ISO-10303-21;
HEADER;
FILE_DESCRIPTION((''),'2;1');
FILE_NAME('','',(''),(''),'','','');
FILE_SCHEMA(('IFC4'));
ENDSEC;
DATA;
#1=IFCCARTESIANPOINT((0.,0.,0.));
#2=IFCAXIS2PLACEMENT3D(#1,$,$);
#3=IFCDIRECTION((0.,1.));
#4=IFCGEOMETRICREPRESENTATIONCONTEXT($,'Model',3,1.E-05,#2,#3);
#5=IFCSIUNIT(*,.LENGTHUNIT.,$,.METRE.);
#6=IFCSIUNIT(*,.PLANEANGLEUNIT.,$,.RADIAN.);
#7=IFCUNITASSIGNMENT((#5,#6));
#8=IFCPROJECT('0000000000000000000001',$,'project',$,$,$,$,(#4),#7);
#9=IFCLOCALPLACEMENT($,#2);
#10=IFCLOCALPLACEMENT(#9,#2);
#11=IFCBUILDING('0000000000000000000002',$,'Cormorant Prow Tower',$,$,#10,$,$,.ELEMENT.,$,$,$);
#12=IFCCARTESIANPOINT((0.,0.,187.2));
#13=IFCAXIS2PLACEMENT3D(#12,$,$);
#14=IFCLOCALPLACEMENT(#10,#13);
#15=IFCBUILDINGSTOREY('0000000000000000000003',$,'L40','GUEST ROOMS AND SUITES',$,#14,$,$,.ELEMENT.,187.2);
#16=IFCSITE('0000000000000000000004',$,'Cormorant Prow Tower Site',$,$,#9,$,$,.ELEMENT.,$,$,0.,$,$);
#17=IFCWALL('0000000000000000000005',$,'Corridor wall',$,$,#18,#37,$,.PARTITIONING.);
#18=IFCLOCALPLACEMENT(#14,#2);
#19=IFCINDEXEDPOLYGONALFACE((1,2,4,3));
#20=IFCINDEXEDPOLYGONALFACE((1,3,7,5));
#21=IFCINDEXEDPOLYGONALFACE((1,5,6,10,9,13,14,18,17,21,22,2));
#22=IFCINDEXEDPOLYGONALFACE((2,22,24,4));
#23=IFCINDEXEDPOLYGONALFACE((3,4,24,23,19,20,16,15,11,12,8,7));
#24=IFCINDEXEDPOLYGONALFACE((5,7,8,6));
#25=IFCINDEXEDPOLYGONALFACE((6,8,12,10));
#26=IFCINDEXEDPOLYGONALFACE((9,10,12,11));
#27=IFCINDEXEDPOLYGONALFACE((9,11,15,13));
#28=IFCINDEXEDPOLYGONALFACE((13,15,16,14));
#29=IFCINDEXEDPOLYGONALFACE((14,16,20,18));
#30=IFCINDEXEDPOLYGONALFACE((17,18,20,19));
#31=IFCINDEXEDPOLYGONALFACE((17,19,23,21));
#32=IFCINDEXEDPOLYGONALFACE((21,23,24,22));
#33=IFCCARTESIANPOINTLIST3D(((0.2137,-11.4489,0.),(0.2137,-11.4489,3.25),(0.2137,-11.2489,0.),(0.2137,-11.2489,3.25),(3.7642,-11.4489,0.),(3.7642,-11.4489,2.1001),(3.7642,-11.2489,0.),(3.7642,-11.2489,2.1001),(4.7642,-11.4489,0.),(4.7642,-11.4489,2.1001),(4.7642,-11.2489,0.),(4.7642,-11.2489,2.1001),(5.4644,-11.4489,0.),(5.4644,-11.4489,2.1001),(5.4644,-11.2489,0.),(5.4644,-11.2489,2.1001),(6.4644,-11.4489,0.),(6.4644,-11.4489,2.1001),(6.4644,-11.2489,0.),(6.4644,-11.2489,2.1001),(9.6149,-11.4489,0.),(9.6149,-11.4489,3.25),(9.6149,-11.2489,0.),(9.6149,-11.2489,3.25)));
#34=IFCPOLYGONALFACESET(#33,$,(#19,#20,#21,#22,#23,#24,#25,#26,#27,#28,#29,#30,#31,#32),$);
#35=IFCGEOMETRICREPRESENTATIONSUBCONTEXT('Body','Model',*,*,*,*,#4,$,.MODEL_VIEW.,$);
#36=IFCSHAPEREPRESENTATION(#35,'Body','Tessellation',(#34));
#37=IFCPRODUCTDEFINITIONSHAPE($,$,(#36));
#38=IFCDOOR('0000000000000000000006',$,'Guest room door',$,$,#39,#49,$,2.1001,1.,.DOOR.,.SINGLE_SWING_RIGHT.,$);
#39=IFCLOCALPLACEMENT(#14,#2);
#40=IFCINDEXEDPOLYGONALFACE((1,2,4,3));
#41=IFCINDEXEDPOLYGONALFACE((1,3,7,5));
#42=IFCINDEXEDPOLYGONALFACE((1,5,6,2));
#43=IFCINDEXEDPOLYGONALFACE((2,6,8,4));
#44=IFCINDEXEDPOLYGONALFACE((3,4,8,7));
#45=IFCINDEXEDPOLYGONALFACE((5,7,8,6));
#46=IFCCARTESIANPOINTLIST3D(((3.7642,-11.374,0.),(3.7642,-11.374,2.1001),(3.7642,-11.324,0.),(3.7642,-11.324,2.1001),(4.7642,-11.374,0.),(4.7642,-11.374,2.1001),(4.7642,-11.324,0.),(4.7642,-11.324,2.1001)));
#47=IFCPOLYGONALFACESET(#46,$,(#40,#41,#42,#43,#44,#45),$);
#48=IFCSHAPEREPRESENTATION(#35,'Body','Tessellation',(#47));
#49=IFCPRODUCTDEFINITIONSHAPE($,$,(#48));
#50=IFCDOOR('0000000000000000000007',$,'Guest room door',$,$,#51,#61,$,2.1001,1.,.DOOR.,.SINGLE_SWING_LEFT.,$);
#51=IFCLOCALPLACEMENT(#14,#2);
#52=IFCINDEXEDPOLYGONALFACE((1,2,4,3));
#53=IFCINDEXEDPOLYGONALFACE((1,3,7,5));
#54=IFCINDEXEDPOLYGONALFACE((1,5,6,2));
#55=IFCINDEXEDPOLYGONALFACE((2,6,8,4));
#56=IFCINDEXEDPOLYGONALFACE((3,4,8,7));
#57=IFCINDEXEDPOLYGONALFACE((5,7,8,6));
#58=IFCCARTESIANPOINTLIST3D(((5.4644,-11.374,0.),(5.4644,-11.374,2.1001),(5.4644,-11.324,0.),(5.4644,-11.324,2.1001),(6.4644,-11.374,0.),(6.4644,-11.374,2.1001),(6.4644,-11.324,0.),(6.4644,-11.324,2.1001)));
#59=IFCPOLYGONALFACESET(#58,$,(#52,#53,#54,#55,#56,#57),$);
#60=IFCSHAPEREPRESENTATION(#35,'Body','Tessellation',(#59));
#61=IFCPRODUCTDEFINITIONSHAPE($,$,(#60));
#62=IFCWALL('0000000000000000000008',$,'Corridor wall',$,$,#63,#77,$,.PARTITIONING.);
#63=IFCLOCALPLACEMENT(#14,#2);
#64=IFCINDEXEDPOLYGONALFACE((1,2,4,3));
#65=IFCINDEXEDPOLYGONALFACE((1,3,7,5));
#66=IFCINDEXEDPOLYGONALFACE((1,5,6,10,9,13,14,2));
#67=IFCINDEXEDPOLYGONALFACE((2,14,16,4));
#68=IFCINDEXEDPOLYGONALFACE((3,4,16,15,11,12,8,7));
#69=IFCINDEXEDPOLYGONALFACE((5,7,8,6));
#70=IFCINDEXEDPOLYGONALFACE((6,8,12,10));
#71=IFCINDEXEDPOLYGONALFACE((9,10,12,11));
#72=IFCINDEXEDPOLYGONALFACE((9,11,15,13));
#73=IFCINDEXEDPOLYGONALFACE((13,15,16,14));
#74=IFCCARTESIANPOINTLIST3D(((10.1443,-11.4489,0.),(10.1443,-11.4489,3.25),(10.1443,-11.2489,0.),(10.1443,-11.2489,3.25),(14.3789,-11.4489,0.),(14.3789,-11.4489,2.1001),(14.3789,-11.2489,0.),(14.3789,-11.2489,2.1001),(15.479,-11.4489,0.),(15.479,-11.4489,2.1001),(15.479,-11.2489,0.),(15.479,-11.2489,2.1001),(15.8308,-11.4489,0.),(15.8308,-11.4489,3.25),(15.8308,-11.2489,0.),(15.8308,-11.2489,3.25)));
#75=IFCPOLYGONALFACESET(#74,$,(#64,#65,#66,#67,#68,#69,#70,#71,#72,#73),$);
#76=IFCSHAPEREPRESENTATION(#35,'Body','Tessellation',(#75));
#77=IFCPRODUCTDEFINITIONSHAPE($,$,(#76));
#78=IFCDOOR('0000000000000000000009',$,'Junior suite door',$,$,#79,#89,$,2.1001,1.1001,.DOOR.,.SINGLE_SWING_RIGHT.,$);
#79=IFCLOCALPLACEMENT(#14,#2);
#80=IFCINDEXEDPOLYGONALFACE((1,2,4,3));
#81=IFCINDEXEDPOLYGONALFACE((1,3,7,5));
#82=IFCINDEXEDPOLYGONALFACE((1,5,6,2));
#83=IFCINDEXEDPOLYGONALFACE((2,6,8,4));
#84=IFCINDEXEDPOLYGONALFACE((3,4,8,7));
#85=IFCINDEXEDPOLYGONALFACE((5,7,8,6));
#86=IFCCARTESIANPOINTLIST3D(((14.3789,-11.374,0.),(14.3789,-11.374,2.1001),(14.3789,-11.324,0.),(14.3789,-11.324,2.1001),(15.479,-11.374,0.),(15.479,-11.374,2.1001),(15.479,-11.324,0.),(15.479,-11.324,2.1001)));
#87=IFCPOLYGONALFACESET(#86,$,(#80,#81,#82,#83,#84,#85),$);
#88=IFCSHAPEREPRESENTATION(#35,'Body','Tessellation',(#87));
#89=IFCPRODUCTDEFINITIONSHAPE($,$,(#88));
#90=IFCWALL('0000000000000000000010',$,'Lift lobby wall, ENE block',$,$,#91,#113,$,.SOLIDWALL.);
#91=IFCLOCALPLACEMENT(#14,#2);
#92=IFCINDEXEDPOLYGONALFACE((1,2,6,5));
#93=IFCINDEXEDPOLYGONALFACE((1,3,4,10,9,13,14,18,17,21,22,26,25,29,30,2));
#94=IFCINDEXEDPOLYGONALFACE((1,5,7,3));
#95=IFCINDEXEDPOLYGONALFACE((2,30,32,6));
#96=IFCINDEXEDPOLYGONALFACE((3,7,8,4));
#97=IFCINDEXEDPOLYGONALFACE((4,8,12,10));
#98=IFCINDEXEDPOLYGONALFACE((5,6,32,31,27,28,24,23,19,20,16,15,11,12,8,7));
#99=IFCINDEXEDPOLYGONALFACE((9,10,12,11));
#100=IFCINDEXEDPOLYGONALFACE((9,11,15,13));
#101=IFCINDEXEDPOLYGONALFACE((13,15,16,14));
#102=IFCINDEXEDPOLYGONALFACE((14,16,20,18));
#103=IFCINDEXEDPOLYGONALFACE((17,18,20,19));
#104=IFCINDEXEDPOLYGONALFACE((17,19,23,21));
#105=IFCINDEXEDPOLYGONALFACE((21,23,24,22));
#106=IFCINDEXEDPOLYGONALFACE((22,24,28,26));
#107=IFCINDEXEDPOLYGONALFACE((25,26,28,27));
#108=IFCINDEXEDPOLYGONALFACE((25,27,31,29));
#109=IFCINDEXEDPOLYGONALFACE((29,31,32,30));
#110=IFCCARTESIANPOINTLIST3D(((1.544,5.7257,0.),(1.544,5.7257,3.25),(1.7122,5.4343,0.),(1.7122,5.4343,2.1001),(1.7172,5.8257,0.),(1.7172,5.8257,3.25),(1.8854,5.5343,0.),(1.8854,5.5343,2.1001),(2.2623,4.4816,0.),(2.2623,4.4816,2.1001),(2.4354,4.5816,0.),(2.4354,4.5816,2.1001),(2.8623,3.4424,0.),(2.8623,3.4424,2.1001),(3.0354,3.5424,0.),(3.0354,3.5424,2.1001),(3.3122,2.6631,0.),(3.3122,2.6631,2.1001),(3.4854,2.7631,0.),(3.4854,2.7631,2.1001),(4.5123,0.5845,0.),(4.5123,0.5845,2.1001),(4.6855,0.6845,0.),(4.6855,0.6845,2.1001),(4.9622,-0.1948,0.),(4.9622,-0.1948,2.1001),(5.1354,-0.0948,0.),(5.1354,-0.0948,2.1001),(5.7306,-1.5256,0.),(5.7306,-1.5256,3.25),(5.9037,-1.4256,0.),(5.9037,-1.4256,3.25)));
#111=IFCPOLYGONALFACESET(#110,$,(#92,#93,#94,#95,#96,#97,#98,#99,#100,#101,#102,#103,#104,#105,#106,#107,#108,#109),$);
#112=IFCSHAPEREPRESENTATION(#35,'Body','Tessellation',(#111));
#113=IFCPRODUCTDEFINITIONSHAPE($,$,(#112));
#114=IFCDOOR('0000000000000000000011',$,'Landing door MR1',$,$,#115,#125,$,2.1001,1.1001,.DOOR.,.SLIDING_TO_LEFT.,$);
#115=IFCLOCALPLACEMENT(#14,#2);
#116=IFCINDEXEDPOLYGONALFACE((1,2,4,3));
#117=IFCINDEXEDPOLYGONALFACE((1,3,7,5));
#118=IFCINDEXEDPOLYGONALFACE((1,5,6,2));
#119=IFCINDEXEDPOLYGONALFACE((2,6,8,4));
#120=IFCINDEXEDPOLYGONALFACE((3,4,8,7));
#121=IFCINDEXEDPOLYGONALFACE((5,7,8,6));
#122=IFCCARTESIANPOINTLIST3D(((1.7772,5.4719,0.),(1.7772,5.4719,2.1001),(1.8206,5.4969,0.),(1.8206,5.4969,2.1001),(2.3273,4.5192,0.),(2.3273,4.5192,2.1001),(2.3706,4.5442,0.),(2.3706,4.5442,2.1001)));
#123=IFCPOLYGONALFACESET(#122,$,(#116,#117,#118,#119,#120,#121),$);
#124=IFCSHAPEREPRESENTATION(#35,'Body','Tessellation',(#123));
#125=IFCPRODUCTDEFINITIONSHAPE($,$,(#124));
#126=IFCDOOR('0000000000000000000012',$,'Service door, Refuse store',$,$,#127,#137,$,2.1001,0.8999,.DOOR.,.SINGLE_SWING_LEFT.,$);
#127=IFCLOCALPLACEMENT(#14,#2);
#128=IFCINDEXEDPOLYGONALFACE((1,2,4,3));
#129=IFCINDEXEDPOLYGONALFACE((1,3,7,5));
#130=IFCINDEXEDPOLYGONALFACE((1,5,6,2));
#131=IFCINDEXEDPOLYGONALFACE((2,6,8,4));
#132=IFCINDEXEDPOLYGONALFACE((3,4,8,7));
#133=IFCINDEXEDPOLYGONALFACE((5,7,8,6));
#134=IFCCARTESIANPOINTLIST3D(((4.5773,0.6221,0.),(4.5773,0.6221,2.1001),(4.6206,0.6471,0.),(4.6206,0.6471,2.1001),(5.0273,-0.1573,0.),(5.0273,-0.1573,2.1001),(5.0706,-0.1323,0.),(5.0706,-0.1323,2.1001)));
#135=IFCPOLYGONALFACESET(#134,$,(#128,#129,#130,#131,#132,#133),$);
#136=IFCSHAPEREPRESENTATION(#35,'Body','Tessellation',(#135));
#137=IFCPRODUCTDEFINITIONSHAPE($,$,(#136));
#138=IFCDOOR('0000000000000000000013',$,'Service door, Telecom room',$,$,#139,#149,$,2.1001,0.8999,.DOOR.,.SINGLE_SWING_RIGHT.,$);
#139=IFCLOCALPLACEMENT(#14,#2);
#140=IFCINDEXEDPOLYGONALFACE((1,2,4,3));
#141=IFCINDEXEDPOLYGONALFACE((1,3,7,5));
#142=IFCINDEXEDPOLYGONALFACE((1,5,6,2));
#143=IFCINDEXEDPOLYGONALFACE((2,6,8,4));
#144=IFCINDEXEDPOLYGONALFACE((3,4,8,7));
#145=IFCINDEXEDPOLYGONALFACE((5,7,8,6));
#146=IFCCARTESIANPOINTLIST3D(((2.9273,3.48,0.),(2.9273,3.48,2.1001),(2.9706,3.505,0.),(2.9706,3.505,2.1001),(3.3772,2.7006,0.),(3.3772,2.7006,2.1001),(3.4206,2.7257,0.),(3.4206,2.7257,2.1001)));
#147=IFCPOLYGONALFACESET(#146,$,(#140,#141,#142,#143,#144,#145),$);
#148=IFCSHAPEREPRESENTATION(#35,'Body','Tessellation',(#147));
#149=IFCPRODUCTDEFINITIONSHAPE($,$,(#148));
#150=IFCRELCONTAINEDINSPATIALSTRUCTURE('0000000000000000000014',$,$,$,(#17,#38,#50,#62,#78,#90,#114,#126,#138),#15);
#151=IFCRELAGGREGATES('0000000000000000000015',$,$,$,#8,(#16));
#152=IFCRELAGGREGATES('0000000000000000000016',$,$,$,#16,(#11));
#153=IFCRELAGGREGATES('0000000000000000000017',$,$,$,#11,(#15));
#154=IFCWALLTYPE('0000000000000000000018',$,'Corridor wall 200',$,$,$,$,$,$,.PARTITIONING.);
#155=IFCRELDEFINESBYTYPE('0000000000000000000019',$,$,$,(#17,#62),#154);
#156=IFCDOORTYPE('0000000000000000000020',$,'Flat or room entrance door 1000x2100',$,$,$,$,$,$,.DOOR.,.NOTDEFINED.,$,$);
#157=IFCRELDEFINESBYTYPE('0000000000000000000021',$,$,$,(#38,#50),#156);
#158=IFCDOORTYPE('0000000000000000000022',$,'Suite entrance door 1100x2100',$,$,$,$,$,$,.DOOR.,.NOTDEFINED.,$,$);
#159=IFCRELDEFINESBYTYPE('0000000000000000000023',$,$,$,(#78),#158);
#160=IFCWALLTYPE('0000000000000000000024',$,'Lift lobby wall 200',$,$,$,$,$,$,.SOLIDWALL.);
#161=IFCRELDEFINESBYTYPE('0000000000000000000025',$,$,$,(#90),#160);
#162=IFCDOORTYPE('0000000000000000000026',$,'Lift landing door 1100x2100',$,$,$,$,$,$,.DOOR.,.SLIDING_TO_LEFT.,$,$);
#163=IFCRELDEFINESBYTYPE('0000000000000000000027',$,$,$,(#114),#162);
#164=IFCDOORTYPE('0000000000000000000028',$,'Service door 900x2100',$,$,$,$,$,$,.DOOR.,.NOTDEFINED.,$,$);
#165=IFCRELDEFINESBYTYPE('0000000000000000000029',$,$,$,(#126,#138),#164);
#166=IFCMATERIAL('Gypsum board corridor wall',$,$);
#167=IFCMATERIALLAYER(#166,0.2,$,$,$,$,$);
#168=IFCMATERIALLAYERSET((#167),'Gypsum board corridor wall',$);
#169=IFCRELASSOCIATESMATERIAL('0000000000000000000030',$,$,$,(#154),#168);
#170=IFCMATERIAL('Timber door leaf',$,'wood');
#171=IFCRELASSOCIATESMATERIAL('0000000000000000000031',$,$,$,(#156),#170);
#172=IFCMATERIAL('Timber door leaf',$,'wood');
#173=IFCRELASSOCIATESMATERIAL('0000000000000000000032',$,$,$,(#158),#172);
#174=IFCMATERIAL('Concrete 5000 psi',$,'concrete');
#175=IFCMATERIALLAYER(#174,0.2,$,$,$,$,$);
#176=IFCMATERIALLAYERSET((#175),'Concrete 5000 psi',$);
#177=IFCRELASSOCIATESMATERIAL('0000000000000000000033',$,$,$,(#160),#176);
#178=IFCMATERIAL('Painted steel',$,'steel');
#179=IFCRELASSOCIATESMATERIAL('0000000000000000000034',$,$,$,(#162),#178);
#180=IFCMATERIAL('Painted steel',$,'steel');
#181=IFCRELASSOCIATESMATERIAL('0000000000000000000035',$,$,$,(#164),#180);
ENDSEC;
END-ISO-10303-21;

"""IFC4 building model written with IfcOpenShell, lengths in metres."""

from ifc_helpers import new_model, si_unit, direction, frame, frame_2d, origin, place, context, subcontext, project, spatial, rectangle, extrude, material, layer, layer_set, type_object, element, fill, save


model = new_model("IFC4")

# Units and contexts
model_context = context("Model", 3, precision=1e-05, world=origin(), true_north=direction((0.0, 1.0)))
body_context = subcontext(model_context, "Body", "Model", "MODEL_VIEW")
ifc_project = project(units=[si_unit("LENGTHUNIT", "METRE"), si_unit("PLANEANGLEUNIT", "RADIAN")], contexts=[model_context])

# Site, building, storey
site_placement = place(None, origin())
site = spatial("IfcSite", under=ifc_project, at=site_placement, Name="Cormorant Prow Tower Site", CompositionType="ELEMENT", RefElevation=0.0)
building_placement = place(site_placement, origin())
building = spatial("IfcBuilding", under=site, at=building_placement, Name="Cormorant Prow Tower", CompositionType="ELEMENT")
storey_placement = place(building_placement, frame((0.0, 0.0, 187.2)))
storey = spatial("IfcBuildingStorey", under=building, at=storey_placement, Name="L40", Description="GUEST ROOMS AND SUITES", CompositionType="ELEMENT", Elevation=187.2)

# Wall, openings, doors
ifc_material_1 = material(Name="Gypsum board corridor wall")
ifc_layer_1 = layer(ifc_material_1, 0.2)
ifc_layer_set_1 = layer_set([ifc_layer_1], Name="Gypsum board corridor wall")
wall_type_1 = type_object("IfcWallType", Name="Corridor wall 200", PredefinedType="PARTITIONING", material=ifc_layer_set_1)
wall_1_placement = place(storey_placement, frame((0.2136, -11.3489, 0.0), z_axis=(0.0, 0.0, 1.0), x_axis=(1.0, 0.0, 0.0)))
wall_1 = element("IfcWall", 1, at=wall_1_placement, inside=storey, type_object=wall_type_1, Name="Corridor wall", PredefinedType="PARTITIONING", context=body_context, shape_type="SweptSolid", body=[
    extrude(rectangle(XDim=9.4011, YDim=0.2, at=frame_2d((4.7007, 0.0))), origin(), (0.0, 0.0, 1.0), 3.25),
])
opening_1_placement = place(wall_1_placement, frame((3.5505, 0.0, 0.0)))
opening_1 = element("IfcOpeningElement", 2, at=opening_1_placement, cuts=wall_1, PredefinedType="OPENING", context=body_context, shape_type="SweptSolid", body=[
    extrude(rectangle(XDim=1.0, YDim=2.1001, at=frame_2d((0.5, 1.05))), frame((0.0, 0.1099, 0.0), z_axis=(0.0, -1.0, 0.0), x_axis=(1.0, 0.0, 0.0)), (0.0, 0.0, 1.0), 0.22),
])
opening_2_placement = place(wall_1_placement, frame((5.2507, 0.0, 0.0)))
opening_2 = element("IfcOpeningElement", 3, at=opening_2_placement, cuts=wall_1, PredefinedType="OPENING", context=body_context, shape_type="SweptSolid", body=[
    extrude(rectangle(XDim=1.0, YDim=2.1001, at=frame_2d((0.5, 1.05))), frame((0.0, 0.1099, 0.0), z_axis=(0.0, -1.0, 0.0), x_axis=(1.0, 0.0, 0.0)), (0.0, 0.0, 1.0), 0.22),
])
ifc_material_2 = material(Name="Timber door leaf", Category="wood")
door_type_1 = type_object("IfcDoorType", Name="Flat or room entrance door 1000x2100", OperationType="NOTDEFINED", PredefinedType="DOOR", material=ifc_material_2)
door_1_placement = place(opening_1_placement, origin())
door_1 = element("IfcDoor", 4, at=door_1_placement, inside=storey, type_object=door_type_1, Name="Guest room door", OperationType="SINGLE_SWING_RIGHT", OverallHeight=2.1001, OverallWidth=1.0, PredefinedType="DOOR", context=body_context, shape_type="SweptSolid", body=[
    extrude(rectangle(XDim=1.0, YDim=2.1001, at=frame_2d((0.5, 1.05))), frame((0.0, 0.0249, 0.0), z_axis=(0.0, -1.0, 0.0), x_axis=(1.0, 0.0, 0.0)), (0.0, 0.0, 1.0), 0.05),
])
fill(opening_1, door_1)
door_2_placement = place(opening_2_placement, origin())
door_2 = element("IfcDoor", 5, at=door_2_placement, inside=storey, type_object=door_type_1, Name="Guest room door", OperationType="SINGLE_SWING_LEFT", OverallHeight=2.1001, OverallWidth=1.0, PredefinedType="DOOR", context=body_context, shape_type="SweptSolid", body=[
    extrude(rectangle(XDim=1.0, YDim=2.1001, at=frame_2d((0.5, 1.05))), frame((0.0, 0.0249, 0.0), z_axis=(0.0, -1.0, 0.0), x_axis=(1.0, 0.0, 0.0)), (0.0, 0.0, 1.0), 0.05),
])
fill(opening_2, door_2)

# Wall, opening, door
wall_2_placement = place(storey_placement, frame((10.1443, -11.3489, 0.0), z_axis=(0.0, 0.0, 1.0), x_axis=(1.0, 0.0, 0.0)))
wall_2 = element("IfcWall", 6, at=wall_2_placement, inside=storey, type_object=wall_type_1, Name="Corridor wall", PredefinedType="PARTITIONING", context=body_context, shape_type="SweptSolid", body=[
    extrude(rectangle(XDim=5.6865, YDim=0.2, at=frame_2d((2.8433, 0.0))), origin(), (0.0, 0.0, 1.0), 3.25),
])
opening_3_placement = place(wall_2_placement, frame((4.2346, 0.0, 0.0)))
opening_3 = element("IfcOpeningElement", 7, at=opening_3_placement, cuts=wall_2, PredefinedType="OPENING", context=body_context, shape_type="SweptSolid", body=[
    extrude(rectangle(XDim=1.1001, YDim=2.1001, at=frame_2d((0.55, 1.05))), frame((0.0, 0.1099, 0.0), z_axis=(0.0, -1.0, 0.0), x_axis=(1.0, 0.0, 0.0)), (0.0, 0.0, 1.0), 0.22),
])
ifc_material_3 = material(Name="Timber door leaf", Category="wood")
door_type_2 = type_object("IfcDoorType", Name="Suite entrance door 1100x2100", OperationType="NOTDEFINED", PredefinedType="DOOR", material=ifc_material_3)
door_3_placement = place(opening_3_placement, origin())
door_3 = element("IfcDoor", 8, at=door_3_placement, inside=storey, type_object=door_type_2, Name="Junior suite door", OperationType="SINGLE_SWING_RIGHT", OverallHeight=2.1001, OverallWidth=1.1001, PredefinedType="DOOR", context=body_context, shape_type="SweptSolid", body=[
    extrude(rectangle(XDim=1.1001, YDim=2.1001, at=frame_2d((0.55, 1.05))), frame((0.0, 0.0249, 0.0), z_axis=(0.0, -1.0, 0.0), x_axis=(1.0, 0.0, 0.0)), (0.0, 0.0, 1.0), 0.05),
])
fill(opening_3, door_3)

# Wall, openings, doors
ifc_material_4 = material(Name="Concrete 5000 psi", Category="concrete")
ifc_layer_2 = layer(ifc_material_4, 0.2)
ifc_layer_set_2 = layer_set([ifc_layer_2], Name="Concrete 5000 psi")
wall_type_2 = type_object("IfcWallType", Name="Lift lobby wall 200", PredefinedType="SOLIDWALL", material=ifc_layer_set_2)
wall_3_placement = place(storey_placement, frame((5.8171, -1.4756, 0.0), z_axis=(0.0, 0.0, 1.0), x_axis=(-0.500003, 0.866024, 0.0)))
wall_3 = element("IfcWall", 9, at=wall_3_placement, inside=storey, type_object=wall_type_2, Name="Lift lobby wall, ENE block", PredefinedType="SOLIDWALL", context=body_context, shape_type="SweptSolid", body=[
    extrude(rectangle(XDim=8.373, YDim=0.2, at=frame_2d((4.1865, 0.0))), origin(), (0.0, 0.0, 1.0), 3.25),
])
opening_4_placement = place(wall_3_placement, frame((1.5366, 0.0, 0.0)))
opening_4 = element("IfcOpeningElement", 10, at=opening_4_placement, cuts=wall_3, PredefinedType="OPENING", context=body_context, shape_type="SweptSolid", body=[
    extrude(rectangle(XDim=0.8999, YDim=2.1001, at=frame_2d((0.45, 1.05))), frame((0.0, 0.1099, 0.0), z_axis=(0.0, -1.0, 0.0), x_axis=(1.0, 0.0, 0.0)), (0.0, 0.0, 1.0), 0.22),
])
opening_5_placement = place(wall_3_placement, frame((4.8367, 0.0, 0.0)))
opening_5 = element("IfcOpeningElement", 11, at=opening_5_placement, cuts=wall_3, PredefinedType="OPENING", context=body_context, shape_type="SweptSolid", body=[
    extrude(rectangle(XDim=0.8999, YDim=2.1001, at=frame_2d((0.45, 1.05))), frame((0.0, 0.1099, 0.0), z_axis=(0.0, -1.0, 0.0), x_axis=(1.0, 0.0, 0.0)), (0.0, 0.0, 1.0), 0.22),
])
opening_6_placement = place(wall_3_placement, frame((6.9365, 0.0, 0.0)))
opening_6 = element("IfcOpeningElement", 12, at=opening_6_placement, cuts=wall_3, PredefinedType="OPENING", context=body_context, shape_type="SweptSolid", body=[
    extrude(rectangle(XDim=1.1001, YDim=2.1001, at=frame_2d((0.55, 1.05))), frame((0.0, 0.1099, 0.0), z_axis=(0.0, -1.0, 0.0), x_axis=(1.0, 0.0, 0.0)), (0.0, 0.0, 1.0), 0.22),
])
ifc_material_5 = material(Name="Painted steel", Category="steel")
door_type_3 = type_object("IfcDoorType", Name="Lift landing door 1100x2100", OperationType="SLIDING_TO_LEFT", PredefinedType="DOOR", material=ifc_material_5)
door_4_placement = place(opening_6_placement, origin())
door_4 = element("IfcDoor", 13, at=door_4_placement, inside=storey, type_object=door_type_3, Name="Landing door MR1", OperationType="SLIDING_TO_LEFT", OverallHeight=2.1001, OverallWidth=1.1001, PredefinedType="DOOR", context=body_context, shape_type="SweptSolid", body=[
    extrude(rectangle(XDim=1.1001, YDim=2.1001, at=frame_2d((0.55, 1.05))), frame((0.0, 0.0249, 0.0), z_axis=(0.0, -1.0, 0.0), x_axis=(1.0, 0.0, 0.0)), (0.0, 0.0, 1.0), 0.05),
])
fill(opening_6, door_4)
ifc_material_6 = material(Name="Painted steel", Category="steel")
door_type_4 = type_object("IfcDoorType", Name="Service door 900x2100", OperationType="NOTDEFINED", PredefinedType="DOOR", material=ifc_material_6)
door_5_placement = place(opening_4_placement, origin())
door_5 = element("IfcDoor", 14, at=door_5_placement, inside=storey, type_object=door_type_4, Name="Service door, Refuse store", OperationType="SINGLE_SWING_LEFT", OverallHeight=2.1001, OverallWidth=0.8999, PredefinedType="DOOR", context=body_context, shape_type="SweptSolid", body=[
    extrude(rectangle(XDim=0.8999, YDim=2.1001, at=frame_2d((0.45, 1.05))), frame((0.0, 0.0249, 0.0), z_axis=(0.0, -1.0, 0.0), x_axis=(1.0, 0.0, 0.0)), (0.0, 0.0, 1.0), 0.05),
])
fill(opening_4, door_5)
door_6_placement = place(opening_5_placement, origin())
door_6 = element("IfcDoor", 15, at=door_6_placement, inside=storey, type_object=door_type_4, Name="Service door, Telecom room", OperationType="SINGLE_SWING_RIGHT", OverallHeight=2.1001, OverallWidth=0.8999, PredefinedType="DOOR", context=body_context, shape_type="SweptSolid", body=[
    extrude(rectangle(XDim=0.8999, YDim=2.1001, at=frame_2d((0.45, 1.05))), frame((0.0, 0.0249, 0.0), z_axis=(0.0, -1.0, 0.0), x_axis=(1.0, 0.0, 0.0)), (0.0, 0.0, 1.0), 0.05),
])
fill(opening_5, door_6)

save(model, "model.ifc")
